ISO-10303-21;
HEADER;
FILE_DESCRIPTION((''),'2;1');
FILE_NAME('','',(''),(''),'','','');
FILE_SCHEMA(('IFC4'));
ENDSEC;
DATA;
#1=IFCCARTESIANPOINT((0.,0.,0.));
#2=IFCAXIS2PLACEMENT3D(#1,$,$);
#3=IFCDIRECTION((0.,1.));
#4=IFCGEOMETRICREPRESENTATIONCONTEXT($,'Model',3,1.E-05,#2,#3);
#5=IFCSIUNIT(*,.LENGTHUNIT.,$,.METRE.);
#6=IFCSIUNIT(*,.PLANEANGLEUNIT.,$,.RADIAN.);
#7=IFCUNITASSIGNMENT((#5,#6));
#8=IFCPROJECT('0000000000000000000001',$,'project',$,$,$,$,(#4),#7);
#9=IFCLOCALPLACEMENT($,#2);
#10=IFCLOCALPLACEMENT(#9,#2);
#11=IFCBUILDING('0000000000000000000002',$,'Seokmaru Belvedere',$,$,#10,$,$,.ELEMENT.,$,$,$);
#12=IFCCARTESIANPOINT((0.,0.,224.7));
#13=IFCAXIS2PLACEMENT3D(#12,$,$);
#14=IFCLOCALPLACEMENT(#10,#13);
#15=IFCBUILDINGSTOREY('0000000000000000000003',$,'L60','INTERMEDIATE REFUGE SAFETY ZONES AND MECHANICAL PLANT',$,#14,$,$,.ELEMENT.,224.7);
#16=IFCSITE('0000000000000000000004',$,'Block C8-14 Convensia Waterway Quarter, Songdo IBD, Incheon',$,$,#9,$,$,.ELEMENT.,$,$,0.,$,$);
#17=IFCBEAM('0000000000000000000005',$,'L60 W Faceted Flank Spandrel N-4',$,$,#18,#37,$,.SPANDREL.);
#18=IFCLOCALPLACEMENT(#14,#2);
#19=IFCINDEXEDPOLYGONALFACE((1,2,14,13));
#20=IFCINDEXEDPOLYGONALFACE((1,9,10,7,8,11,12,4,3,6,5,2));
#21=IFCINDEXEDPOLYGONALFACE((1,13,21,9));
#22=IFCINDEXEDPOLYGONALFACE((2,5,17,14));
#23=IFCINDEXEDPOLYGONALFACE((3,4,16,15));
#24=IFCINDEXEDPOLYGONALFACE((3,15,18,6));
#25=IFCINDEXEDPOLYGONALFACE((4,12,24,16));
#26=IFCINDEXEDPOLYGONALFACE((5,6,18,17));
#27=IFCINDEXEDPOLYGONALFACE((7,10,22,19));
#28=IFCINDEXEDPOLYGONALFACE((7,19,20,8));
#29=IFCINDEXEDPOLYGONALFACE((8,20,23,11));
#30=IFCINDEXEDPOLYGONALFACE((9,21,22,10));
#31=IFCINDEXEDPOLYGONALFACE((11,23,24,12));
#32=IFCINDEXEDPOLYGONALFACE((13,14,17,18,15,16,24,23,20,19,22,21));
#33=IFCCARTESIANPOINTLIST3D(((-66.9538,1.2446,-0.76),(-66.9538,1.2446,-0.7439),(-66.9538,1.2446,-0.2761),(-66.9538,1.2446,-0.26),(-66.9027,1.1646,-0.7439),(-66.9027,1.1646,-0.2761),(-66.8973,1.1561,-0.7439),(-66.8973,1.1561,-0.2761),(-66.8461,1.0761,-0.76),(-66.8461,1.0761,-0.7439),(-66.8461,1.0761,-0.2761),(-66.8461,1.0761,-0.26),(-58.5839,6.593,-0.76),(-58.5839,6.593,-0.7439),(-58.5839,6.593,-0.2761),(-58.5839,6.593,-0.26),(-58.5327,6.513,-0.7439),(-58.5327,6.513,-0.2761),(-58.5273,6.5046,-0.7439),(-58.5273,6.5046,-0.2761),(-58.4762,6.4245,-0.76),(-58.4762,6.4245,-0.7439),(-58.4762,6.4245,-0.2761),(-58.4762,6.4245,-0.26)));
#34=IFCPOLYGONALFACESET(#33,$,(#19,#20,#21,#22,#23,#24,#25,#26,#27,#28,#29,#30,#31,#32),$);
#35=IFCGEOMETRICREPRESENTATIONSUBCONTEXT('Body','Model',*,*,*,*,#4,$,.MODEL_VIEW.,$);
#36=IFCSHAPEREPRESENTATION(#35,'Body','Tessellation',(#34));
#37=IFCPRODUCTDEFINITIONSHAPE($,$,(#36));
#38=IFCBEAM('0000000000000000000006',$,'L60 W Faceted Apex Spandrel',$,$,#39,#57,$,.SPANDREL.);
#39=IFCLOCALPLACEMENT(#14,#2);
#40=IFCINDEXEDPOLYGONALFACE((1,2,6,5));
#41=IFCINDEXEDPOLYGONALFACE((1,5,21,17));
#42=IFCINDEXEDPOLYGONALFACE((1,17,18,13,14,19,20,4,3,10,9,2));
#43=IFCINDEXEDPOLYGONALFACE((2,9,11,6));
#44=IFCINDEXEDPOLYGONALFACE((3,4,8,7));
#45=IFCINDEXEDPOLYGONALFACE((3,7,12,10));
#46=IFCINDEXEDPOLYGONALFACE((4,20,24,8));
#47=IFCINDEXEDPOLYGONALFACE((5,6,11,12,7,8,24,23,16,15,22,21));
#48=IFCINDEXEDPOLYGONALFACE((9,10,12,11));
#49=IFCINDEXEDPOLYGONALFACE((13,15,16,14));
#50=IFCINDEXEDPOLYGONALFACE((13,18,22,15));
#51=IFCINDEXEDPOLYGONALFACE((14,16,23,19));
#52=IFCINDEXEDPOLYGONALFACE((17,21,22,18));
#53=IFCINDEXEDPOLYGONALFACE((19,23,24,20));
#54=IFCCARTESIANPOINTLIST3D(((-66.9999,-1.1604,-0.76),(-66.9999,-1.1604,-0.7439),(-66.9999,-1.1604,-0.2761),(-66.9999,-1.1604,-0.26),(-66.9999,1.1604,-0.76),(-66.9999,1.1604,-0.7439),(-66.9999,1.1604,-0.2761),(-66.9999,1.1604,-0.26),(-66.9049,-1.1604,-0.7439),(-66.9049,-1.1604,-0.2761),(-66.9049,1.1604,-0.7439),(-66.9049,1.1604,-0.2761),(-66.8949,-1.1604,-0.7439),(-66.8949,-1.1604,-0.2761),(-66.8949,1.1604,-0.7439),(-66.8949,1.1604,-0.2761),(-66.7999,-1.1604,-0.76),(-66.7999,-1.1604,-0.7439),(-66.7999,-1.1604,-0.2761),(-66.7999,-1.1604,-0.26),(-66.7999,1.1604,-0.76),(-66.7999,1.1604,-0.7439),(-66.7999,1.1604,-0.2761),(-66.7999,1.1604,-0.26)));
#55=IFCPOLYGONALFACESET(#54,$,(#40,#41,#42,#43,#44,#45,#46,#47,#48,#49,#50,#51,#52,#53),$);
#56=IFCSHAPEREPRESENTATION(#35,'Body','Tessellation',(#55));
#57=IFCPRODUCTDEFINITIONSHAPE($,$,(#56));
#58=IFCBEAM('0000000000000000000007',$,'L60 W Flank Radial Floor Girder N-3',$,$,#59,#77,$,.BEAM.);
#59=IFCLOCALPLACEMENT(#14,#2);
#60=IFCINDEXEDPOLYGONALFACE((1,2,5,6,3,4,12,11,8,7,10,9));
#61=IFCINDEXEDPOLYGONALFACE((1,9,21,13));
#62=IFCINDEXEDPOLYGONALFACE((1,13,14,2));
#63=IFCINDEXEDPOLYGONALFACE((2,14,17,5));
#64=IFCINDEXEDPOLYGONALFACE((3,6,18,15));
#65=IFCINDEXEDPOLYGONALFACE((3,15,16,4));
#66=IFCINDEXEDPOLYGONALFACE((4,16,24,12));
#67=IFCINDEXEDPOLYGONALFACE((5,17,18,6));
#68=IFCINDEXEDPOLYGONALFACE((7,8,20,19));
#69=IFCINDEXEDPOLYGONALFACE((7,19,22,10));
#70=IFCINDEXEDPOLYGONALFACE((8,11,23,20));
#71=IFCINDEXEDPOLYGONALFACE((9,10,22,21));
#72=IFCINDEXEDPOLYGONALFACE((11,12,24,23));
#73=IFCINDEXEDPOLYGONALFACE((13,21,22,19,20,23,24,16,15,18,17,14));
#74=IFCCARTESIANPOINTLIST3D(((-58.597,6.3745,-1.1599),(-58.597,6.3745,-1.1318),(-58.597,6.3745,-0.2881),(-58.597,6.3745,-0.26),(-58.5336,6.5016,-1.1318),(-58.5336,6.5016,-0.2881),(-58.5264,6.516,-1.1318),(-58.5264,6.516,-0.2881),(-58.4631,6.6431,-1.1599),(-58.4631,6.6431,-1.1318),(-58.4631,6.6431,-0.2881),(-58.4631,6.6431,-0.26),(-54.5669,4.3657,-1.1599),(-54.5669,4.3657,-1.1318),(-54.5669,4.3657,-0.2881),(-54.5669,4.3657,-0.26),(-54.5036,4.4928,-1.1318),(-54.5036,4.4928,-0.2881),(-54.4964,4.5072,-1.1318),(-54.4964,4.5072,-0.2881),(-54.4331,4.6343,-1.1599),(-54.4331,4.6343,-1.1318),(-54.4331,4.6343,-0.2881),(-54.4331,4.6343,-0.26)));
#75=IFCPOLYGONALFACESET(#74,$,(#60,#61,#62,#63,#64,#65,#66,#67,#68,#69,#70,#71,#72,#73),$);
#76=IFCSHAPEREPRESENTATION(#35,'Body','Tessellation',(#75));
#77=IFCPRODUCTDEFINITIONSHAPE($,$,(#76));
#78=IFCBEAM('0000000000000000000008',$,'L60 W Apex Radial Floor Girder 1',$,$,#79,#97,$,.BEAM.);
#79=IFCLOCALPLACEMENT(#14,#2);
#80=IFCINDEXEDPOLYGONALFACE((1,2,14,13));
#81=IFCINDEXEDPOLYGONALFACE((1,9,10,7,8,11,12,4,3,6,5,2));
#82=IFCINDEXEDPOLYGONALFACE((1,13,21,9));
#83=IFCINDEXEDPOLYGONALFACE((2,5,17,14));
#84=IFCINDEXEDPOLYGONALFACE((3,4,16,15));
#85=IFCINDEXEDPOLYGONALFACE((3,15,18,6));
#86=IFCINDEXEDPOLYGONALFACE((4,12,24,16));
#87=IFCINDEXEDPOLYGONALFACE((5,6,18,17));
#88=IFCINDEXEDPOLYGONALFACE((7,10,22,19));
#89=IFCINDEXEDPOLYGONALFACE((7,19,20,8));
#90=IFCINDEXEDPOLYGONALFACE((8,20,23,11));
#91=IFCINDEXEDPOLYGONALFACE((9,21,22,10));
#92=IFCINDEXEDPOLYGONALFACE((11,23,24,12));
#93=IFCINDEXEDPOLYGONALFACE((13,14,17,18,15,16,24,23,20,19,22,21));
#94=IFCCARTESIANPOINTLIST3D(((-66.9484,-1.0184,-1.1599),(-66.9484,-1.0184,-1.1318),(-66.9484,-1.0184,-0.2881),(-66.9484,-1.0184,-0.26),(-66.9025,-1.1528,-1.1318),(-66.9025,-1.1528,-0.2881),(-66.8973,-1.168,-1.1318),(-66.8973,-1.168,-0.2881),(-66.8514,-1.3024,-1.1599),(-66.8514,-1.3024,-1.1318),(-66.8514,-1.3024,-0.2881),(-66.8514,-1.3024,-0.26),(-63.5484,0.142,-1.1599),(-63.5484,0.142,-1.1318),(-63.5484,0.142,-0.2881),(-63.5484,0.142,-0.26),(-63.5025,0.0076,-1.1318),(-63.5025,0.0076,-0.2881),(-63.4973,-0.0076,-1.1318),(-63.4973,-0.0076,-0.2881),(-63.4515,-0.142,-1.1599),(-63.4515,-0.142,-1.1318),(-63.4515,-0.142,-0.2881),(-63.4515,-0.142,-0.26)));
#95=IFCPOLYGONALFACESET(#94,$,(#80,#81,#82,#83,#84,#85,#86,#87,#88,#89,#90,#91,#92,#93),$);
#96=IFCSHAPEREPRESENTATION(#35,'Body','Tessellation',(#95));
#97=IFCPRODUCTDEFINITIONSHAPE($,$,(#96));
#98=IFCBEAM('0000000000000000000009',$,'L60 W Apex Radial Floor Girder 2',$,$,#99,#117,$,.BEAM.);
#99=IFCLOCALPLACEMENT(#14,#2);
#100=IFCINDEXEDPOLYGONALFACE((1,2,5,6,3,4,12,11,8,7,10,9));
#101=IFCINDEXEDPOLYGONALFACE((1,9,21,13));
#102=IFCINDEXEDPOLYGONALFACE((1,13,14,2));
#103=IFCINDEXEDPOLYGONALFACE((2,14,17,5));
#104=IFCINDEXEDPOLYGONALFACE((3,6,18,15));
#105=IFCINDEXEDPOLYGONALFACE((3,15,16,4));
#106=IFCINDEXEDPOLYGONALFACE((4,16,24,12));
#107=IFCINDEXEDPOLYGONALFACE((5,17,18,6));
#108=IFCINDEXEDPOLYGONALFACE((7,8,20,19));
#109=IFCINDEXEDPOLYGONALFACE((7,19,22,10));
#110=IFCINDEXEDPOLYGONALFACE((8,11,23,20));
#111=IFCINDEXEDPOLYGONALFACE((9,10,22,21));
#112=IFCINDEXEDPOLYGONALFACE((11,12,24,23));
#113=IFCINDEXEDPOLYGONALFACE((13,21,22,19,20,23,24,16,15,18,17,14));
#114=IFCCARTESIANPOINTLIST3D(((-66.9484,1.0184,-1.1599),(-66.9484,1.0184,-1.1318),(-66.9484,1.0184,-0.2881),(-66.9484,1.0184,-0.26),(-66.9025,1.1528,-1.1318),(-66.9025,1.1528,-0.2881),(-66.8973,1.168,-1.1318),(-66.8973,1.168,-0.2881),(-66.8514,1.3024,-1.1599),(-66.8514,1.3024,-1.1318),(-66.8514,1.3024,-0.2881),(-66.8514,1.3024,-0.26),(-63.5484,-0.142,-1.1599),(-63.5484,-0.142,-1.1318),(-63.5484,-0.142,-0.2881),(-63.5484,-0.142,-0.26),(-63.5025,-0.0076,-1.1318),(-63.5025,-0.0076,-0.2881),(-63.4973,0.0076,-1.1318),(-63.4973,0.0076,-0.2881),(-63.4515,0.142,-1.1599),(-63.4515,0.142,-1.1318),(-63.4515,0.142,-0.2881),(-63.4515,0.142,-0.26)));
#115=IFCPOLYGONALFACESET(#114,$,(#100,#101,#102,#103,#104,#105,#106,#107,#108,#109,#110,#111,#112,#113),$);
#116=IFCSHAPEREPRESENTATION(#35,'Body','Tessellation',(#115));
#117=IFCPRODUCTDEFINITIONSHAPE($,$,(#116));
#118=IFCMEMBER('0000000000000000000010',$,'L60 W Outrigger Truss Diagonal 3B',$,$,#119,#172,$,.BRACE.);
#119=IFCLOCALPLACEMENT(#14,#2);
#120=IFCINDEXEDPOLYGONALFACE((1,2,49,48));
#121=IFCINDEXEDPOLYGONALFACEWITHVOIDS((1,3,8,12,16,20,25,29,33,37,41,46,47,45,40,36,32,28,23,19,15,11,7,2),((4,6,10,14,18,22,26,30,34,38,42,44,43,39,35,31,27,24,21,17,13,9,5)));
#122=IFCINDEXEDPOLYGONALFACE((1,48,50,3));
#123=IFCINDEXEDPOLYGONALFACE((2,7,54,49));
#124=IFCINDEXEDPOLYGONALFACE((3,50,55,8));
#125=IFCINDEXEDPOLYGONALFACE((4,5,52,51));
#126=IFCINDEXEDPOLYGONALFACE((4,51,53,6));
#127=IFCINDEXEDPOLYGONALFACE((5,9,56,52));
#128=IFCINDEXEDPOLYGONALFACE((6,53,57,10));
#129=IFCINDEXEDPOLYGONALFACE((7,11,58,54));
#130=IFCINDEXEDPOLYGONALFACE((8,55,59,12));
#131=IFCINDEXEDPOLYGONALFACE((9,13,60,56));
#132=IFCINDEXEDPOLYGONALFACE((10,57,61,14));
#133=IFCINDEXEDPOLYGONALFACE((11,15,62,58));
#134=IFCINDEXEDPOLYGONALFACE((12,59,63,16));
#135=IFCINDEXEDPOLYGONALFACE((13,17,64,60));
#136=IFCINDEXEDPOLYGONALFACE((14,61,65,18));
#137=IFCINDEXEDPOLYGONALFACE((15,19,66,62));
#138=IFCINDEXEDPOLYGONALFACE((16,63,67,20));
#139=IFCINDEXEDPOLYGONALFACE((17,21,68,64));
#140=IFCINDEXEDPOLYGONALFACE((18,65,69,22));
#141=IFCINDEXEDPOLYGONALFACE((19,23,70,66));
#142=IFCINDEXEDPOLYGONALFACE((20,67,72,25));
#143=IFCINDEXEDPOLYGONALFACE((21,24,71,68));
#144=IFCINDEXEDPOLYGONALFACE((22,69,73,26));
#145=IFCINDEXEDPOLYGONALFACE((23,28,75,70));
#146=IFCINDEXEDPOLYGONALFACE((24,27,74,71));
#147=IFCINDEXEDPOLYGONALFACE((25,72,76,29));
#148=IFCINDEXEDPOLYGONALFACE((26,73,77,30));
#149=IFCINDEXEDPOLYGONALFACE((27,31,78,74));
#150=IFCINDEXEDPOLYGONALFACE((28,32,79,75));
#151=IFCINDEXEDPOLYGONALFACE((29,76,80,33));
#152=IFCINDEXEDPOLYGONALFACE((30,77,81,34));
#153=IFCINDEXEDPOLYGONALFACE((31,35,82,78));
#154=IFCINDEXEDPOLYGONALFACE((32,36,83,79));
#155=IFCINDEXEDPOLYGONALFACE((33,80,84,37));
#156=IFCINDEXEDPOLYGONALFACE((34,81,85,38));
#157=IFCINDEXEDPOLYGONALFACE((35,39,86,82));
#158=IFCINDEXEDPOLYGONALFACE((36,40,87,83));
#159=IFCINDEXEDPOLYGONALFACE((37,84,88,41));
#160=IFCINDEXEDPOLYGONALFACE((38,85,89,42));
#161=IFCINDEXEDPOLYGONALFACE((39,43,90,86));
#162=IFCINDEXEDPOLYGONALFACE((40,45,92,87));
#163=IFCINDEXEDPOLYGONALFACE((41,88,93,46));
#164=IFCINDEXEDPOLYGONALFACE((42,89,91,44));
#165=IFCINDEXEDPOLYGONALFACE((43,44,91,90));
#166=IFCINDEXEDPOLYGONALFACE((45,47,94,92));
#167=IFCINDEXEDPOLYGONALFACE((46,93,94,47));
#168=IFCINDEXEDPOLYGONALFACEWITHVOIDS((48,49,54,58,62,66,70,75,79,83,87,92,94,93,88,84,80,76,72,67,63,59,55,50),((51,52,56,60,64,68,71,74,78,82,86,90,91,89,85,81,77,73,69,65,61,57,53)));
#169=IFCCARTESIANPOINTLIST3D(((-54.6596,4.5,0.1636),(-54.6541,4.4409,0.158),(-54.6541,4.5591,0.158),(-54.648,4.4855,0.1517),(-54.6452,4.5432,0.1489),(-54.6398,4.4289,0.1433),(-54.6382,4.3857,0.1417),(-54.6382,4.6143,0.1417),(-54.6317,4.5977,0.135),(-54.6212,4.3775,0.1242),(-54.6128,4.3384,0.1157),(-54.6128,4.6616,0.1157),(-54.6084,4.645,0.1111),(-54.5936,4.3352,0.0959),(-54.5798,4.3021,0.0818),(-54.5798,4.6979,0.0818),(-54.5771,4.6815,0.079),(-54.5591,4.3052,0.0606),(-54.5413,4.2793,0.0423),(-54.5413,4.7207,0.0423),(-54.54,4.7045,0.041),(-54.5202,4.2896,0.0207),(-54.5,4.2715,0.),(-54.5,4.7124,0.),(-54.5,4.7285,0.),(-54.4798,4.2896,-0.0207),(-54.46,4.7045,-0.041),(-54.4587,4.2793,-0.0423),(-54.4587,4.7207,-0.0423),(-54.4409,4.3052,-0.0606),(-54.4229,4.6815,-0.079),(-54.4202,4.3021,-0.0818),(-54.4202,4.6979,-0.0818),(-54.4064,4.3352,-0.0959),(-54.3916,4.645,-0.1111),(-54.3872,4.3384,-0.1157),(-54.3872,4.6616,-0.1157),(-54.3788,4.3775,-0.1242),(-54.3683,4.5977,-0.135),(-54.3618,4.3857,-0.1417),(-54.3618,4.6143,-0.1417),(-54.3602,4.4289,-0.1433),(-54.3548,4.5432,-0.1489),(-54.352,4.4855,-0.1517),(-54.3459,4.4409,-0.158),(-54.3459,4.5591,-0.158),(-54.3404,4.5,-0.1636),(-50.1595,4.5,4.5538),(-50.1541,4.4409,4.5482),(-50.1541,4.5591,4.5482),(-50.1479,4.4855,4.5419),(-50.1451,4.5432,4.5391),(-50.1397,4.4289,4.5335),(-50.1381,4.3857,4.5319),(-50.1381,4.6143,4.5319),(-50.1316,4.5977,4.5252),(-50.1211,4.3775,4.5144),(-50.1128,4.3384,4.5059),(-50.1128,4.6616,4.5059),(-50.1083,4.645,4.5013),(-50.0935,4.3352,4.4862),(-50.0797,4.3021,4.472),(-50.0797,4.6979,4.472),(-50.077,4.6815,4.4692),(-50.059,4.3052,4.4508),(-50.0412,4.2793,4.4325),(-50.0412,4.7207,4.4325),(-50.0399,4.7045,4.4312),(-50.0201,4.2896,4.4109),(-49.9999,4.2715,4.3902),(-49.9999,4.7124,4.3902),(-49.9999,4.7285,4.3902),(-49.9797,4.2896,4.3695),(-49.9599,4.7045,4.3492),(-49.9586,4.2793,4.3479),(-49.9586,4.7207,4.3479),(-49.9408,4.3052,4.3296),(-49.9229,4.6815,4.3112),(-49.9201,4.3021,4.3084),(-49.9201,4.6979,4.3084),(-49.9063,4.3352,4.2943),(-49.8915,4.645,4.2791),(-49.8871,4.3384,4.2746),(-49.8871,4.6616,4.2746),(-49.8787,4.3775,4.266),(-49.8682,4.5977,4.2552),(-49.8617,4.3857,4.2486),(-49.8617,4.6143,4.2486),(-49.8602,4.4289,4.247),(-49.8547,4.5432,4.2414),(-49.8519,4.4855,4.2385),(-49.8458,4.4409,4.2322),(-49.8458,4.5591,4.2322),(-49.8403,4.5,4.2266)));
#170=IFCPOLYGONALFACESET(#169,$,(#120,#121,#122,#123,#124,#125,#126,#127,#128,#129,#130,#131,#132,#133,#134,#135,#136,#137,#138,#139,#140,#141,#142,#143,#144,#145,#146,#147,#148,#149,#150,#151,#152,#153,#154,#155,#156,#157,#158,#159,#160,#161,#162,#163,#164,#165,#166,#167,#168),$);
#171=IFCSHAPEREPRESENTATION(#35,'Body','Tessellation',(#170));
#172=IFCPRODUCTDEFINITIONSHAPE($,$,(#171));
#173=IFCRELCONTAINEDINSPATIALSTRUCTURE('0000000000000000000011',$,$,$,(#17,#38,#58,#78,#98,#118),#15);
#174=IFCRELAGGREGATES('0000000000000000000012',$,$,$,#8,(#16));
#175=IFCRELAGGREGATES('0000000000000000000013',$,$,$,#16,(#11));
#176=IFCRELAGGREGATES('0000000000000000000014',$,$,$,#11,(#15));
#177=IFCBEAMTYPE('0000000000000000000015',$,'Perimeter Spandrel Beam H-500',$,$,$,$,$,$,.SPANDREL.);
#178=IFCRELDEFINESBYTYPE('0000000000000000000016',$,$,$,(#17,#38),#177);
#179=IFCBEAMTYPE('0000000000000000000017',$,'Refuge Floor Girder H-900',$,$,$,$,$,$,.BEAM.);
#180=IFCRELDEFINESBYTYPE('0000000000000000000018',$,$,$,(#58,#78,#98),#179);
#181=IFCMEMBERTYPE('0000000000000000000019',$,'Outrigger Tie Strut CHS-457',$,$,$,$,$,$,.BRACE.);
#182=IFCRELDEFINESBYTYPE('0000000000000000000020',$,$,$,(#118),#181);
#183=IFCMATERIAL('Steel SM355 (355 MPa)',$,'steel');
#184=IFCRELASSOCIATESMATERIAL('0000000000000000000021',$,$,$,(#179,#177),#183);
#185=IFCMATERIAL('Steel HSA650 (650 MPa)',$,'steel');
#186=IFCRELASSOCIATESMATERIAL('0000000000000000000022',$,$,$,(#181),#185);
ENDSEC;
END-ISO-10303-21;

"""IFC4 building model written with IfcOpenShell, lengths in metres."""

from ifc_helpers import new_model, si_unit, direction, frame, origin, origin_2d, place, context, subcontext, project, spatial, hollow_circle, i_section, extrude, source, transform, mapped, material, material_profile, profile_set, type_object, type_shapes, element, save


model = new_model("IFC4")

# Units and contexts
model_context = context("Model", 3, precision=1e-05, world=origin(), true_north=direction((0.0, 1.0)))
body_context = subcontext(model_context, "Body", "Model", "MODEL_VIEW")
ifc_project = project(units=[si_unit("LENGTHUNIT", "METRE"), si_unit("PLANEANGLEUNIT", "RADIAN")], contexts=[model_context])

# Site, building, storey
site_placement = place(None, origin())
site = spatial("IfcSite", under=ifc_project, at=site_placement, Name="Block C8-14 Convensia Waterway Quarter, Songdo IBD, Incheon", CompositionType="ELEMENT", RefElevation=0.0)
building_placement = place(site_placement, origin())
building = spatial("IfcBuilding", under=site, at=building_placement, Name="Seokmaru Belvedere", CompositionType="ELEMENT")
storey_placement = place(building_placement, frame((0.0, 0.0, 224.7)))
storey = spatial("IfcBuildingStorey", under=building, at=storey_placement, Name="L60", Description="INTERMEDIATE REFUGE SAFETY ZONES AND MECHANICAL PLANT", CompositionType="ELEMENT", Elevation=224.7)

# Shared definitions
ifc_material_1 = material(Name="Steel SM355 (355 MPa)", Category="steel")

# Beams
ifc_material_profile_1 = material_profile(ifc_material_1, i_section(OverallWidth=0.3, OverallDepth=0.8999, WebThickness=0.0161, FlangeThickness=0.0281, at=origin_2d()), Name="H-900x300x16x28")
ifc_profile_set_1 = profile_set([ifc_material_profile_1], Name="Steel SM355 (355 MPa)")
beam_type_1 = type_object("IfcBeamType", Name="Refuge Floor Girder H-900", PredefinedType="BEAM", material=ifc_profile_set_1)
ifc_material_profile_2 = material_profile(ifc_material_1, i_section(OverallWidth=0.2, OverallDepth=0.5, WebThickness=0.01, FlangeThickness=0.0161, at=origin_2d()), Name="H-500x200x10x16")
ifc_profile_set_2 = profile_set([ifc_material_profile_2], Name="Steel SM355 (355 MPa)")
beam_type_2 = type_object("IfcBeamType", Name="Perimeter Spandrel Beam H-500", PredefinedType="SPANDREL", material=ifc_profile_set_2)
shared_shape_1 = source(origin(), body_context, "Body", "SweptSolid", [
    extrude(i_section(OverallWidth=0.2, OverallDepth=0.5, WebThickness=0.01, FlangeThickness=0.0161, at=origin_2d()), origin(), (0.0, 0.0, 1.0), 9.9329),
])
beam_1_placement = place(storey_placement, frame((-58.53, 6.5088, -0.51), z_axis=(-0.842652, -0.538459, 0.0), x_axis=(0.538459, -0.842652, 0.0)))
element("IfcBeam", 1, at=beam_1_placement, inside=storey, type_object=beam_type_2, Name="L60 W Faceted Flank Spandrel N-4", PredefinedType="SPANDREL", context=body_context, shape_type="MappedRepresentation", body=[
    mapped(shared_shape_1, transform((0.0, 0.0, 0.0), scale=1.0)),
])
shared_shape_2 = source(origin(), body_context, "Body", "SweptSolid", [
    extrude(i_section(OverallWidth=0.2, OverallDepth=0.5, WebThickness=0.01, FlangeThickness=0.0161, at=origin_2d()), origin(), (0.0, 0.0, 1.0), 2.3208),
])
beam_2_placement = place(storey_placement, frame((-66.8999, -1.1604, -0.51), z_axis=(0.0, 1.0, 0.0), x_axis=(-1.0, 0.0, 0.0)))
element("IfcBeam", 2, at=beam_2_placement, inside=storey, type_object=beam_type_2, Name="L60 W Faceted Apex Spandrel", PredefinedType="SPANDREL", context=body_context, shape_type="MappedRepresentation", body=[
    mapped(shared_shape_2, transform((0.0, 0.0, 0.0), scale=1.0)),
])
shared_shape_3 = source(origin(), body_context, "Body", "SweptSolid", [
    extrude(i_section(OverallWidth=0.3, OverallDepth=0.8999, WebThickness=0.0161, FlangeThickness=0.0281, at=origin_2d()), origin(), (0.0, 0.0, 1.0), 4.5029),
])
beam_3_placement = place(storey_placement, frame((-58.53, 6.5088, -0.71), z_axis=(0.89498, -0.446107, 0.0), x_axis=(0.446107, 0.89498, 0.0)))
element("IfcBeam", 3, at=beam_3_placement, inside=storey, type_object=beam_type_1, Name="L60 W Flank Radial Floor Girder N-3", PredefinedType="BEAM", context=body_context, shape_type="MappedRepresentation", body=[
    mapped(shared_shape_3, transform((0.0, 0.0, 0.0), scale=1.0)),
])
shared_shape_4 = source(origin(), body_context, "Body", "SweptSolid", [
    extrude(i_section(OverallWidth=0.3, OverallDepth=0.8999, WebThickness=0.0161, FlangeThickness=0.0281, at=origin_2d()), origin(), (0.0, 0.0, 1.0), 3.5925),
])
for number, where, z_axis, x_axis, name in (
    (4, (-66.8999, -1.1604, -0.71), (0.946396, 0.323009, 0.0), (-0.323009, 0.946396, 0.0), "L60 W Apex Radial Floor Girder 1"),
    (5, (-66.8999, 1.1604, -0.71), (0.946396, -0.323009, 0.0), (0.323009, 0.946396, 0.0), "L60 W Apex Radial Floor Girder 2"),
):
    element("IfcBeam", number, at=place(storey_placement, frame(where, z_axis=z_axis, x_axis=x_axis)), inside=storey, type_object=beam_type_1, Name=name, PredefinedType="BEAM", context=body_context, shape_type="MappedRepresentation", body=[
        mapped(shared_shape_4, transform((0.0, 0.0, 0.0), scale=1.0)),
    ])

# Member
ifc_material_2 = material(Name="Steel HSA650 (650 MPa)", Category="steel")
ifc_material_profile_3 = material_profile(ifc_material_2, hollow_circle(Radius=0.2285, WallThickness=0.0161, at=origin_2d()), Name="CHS-457.2x16.0")
ifc_profile_set_3 = profile_set([ifc_material_profile_3], Name="Steel HSA650 (650 MPa)")
member_type_1 = type_object("IfcMemberType", Name="Outrigger Tie Strut CHS-457", PredefinedType="BRACE", material=ifc_profile_set_3)
shared_shape_5 = source(origin(), body_context, "Body", "SweptSolid", [
    extrude(hollow_circle(Radius=0.2285, WallThickness=0.0161, at=origin_2d()), origin(), (0.0, 0.0, 1.0), 6.2869),
])
type_shapes(member_type_1, [shared_shape_5])
member_1_placement = place(storey_placement, frame((-54.5, 4.5, 0.0), z_axis=(0.71579, 0.0, 0.698315), x_axis=(0.0, 1.0, 0.0)))
element("IfcMember", 6, at=member_1_placement, inside=storey, type_object=member_type_1, Name="L60 W Outrigger Truss Diagonal 3B", PredefinedType="BRACE", context=body_context, shape_type="MappedRepresentation", body=[
    mapped(shared_shape_5, transform((0.0, 0.0, 0.0), scale=1.0)),
])

save(model, "model.ifc")
